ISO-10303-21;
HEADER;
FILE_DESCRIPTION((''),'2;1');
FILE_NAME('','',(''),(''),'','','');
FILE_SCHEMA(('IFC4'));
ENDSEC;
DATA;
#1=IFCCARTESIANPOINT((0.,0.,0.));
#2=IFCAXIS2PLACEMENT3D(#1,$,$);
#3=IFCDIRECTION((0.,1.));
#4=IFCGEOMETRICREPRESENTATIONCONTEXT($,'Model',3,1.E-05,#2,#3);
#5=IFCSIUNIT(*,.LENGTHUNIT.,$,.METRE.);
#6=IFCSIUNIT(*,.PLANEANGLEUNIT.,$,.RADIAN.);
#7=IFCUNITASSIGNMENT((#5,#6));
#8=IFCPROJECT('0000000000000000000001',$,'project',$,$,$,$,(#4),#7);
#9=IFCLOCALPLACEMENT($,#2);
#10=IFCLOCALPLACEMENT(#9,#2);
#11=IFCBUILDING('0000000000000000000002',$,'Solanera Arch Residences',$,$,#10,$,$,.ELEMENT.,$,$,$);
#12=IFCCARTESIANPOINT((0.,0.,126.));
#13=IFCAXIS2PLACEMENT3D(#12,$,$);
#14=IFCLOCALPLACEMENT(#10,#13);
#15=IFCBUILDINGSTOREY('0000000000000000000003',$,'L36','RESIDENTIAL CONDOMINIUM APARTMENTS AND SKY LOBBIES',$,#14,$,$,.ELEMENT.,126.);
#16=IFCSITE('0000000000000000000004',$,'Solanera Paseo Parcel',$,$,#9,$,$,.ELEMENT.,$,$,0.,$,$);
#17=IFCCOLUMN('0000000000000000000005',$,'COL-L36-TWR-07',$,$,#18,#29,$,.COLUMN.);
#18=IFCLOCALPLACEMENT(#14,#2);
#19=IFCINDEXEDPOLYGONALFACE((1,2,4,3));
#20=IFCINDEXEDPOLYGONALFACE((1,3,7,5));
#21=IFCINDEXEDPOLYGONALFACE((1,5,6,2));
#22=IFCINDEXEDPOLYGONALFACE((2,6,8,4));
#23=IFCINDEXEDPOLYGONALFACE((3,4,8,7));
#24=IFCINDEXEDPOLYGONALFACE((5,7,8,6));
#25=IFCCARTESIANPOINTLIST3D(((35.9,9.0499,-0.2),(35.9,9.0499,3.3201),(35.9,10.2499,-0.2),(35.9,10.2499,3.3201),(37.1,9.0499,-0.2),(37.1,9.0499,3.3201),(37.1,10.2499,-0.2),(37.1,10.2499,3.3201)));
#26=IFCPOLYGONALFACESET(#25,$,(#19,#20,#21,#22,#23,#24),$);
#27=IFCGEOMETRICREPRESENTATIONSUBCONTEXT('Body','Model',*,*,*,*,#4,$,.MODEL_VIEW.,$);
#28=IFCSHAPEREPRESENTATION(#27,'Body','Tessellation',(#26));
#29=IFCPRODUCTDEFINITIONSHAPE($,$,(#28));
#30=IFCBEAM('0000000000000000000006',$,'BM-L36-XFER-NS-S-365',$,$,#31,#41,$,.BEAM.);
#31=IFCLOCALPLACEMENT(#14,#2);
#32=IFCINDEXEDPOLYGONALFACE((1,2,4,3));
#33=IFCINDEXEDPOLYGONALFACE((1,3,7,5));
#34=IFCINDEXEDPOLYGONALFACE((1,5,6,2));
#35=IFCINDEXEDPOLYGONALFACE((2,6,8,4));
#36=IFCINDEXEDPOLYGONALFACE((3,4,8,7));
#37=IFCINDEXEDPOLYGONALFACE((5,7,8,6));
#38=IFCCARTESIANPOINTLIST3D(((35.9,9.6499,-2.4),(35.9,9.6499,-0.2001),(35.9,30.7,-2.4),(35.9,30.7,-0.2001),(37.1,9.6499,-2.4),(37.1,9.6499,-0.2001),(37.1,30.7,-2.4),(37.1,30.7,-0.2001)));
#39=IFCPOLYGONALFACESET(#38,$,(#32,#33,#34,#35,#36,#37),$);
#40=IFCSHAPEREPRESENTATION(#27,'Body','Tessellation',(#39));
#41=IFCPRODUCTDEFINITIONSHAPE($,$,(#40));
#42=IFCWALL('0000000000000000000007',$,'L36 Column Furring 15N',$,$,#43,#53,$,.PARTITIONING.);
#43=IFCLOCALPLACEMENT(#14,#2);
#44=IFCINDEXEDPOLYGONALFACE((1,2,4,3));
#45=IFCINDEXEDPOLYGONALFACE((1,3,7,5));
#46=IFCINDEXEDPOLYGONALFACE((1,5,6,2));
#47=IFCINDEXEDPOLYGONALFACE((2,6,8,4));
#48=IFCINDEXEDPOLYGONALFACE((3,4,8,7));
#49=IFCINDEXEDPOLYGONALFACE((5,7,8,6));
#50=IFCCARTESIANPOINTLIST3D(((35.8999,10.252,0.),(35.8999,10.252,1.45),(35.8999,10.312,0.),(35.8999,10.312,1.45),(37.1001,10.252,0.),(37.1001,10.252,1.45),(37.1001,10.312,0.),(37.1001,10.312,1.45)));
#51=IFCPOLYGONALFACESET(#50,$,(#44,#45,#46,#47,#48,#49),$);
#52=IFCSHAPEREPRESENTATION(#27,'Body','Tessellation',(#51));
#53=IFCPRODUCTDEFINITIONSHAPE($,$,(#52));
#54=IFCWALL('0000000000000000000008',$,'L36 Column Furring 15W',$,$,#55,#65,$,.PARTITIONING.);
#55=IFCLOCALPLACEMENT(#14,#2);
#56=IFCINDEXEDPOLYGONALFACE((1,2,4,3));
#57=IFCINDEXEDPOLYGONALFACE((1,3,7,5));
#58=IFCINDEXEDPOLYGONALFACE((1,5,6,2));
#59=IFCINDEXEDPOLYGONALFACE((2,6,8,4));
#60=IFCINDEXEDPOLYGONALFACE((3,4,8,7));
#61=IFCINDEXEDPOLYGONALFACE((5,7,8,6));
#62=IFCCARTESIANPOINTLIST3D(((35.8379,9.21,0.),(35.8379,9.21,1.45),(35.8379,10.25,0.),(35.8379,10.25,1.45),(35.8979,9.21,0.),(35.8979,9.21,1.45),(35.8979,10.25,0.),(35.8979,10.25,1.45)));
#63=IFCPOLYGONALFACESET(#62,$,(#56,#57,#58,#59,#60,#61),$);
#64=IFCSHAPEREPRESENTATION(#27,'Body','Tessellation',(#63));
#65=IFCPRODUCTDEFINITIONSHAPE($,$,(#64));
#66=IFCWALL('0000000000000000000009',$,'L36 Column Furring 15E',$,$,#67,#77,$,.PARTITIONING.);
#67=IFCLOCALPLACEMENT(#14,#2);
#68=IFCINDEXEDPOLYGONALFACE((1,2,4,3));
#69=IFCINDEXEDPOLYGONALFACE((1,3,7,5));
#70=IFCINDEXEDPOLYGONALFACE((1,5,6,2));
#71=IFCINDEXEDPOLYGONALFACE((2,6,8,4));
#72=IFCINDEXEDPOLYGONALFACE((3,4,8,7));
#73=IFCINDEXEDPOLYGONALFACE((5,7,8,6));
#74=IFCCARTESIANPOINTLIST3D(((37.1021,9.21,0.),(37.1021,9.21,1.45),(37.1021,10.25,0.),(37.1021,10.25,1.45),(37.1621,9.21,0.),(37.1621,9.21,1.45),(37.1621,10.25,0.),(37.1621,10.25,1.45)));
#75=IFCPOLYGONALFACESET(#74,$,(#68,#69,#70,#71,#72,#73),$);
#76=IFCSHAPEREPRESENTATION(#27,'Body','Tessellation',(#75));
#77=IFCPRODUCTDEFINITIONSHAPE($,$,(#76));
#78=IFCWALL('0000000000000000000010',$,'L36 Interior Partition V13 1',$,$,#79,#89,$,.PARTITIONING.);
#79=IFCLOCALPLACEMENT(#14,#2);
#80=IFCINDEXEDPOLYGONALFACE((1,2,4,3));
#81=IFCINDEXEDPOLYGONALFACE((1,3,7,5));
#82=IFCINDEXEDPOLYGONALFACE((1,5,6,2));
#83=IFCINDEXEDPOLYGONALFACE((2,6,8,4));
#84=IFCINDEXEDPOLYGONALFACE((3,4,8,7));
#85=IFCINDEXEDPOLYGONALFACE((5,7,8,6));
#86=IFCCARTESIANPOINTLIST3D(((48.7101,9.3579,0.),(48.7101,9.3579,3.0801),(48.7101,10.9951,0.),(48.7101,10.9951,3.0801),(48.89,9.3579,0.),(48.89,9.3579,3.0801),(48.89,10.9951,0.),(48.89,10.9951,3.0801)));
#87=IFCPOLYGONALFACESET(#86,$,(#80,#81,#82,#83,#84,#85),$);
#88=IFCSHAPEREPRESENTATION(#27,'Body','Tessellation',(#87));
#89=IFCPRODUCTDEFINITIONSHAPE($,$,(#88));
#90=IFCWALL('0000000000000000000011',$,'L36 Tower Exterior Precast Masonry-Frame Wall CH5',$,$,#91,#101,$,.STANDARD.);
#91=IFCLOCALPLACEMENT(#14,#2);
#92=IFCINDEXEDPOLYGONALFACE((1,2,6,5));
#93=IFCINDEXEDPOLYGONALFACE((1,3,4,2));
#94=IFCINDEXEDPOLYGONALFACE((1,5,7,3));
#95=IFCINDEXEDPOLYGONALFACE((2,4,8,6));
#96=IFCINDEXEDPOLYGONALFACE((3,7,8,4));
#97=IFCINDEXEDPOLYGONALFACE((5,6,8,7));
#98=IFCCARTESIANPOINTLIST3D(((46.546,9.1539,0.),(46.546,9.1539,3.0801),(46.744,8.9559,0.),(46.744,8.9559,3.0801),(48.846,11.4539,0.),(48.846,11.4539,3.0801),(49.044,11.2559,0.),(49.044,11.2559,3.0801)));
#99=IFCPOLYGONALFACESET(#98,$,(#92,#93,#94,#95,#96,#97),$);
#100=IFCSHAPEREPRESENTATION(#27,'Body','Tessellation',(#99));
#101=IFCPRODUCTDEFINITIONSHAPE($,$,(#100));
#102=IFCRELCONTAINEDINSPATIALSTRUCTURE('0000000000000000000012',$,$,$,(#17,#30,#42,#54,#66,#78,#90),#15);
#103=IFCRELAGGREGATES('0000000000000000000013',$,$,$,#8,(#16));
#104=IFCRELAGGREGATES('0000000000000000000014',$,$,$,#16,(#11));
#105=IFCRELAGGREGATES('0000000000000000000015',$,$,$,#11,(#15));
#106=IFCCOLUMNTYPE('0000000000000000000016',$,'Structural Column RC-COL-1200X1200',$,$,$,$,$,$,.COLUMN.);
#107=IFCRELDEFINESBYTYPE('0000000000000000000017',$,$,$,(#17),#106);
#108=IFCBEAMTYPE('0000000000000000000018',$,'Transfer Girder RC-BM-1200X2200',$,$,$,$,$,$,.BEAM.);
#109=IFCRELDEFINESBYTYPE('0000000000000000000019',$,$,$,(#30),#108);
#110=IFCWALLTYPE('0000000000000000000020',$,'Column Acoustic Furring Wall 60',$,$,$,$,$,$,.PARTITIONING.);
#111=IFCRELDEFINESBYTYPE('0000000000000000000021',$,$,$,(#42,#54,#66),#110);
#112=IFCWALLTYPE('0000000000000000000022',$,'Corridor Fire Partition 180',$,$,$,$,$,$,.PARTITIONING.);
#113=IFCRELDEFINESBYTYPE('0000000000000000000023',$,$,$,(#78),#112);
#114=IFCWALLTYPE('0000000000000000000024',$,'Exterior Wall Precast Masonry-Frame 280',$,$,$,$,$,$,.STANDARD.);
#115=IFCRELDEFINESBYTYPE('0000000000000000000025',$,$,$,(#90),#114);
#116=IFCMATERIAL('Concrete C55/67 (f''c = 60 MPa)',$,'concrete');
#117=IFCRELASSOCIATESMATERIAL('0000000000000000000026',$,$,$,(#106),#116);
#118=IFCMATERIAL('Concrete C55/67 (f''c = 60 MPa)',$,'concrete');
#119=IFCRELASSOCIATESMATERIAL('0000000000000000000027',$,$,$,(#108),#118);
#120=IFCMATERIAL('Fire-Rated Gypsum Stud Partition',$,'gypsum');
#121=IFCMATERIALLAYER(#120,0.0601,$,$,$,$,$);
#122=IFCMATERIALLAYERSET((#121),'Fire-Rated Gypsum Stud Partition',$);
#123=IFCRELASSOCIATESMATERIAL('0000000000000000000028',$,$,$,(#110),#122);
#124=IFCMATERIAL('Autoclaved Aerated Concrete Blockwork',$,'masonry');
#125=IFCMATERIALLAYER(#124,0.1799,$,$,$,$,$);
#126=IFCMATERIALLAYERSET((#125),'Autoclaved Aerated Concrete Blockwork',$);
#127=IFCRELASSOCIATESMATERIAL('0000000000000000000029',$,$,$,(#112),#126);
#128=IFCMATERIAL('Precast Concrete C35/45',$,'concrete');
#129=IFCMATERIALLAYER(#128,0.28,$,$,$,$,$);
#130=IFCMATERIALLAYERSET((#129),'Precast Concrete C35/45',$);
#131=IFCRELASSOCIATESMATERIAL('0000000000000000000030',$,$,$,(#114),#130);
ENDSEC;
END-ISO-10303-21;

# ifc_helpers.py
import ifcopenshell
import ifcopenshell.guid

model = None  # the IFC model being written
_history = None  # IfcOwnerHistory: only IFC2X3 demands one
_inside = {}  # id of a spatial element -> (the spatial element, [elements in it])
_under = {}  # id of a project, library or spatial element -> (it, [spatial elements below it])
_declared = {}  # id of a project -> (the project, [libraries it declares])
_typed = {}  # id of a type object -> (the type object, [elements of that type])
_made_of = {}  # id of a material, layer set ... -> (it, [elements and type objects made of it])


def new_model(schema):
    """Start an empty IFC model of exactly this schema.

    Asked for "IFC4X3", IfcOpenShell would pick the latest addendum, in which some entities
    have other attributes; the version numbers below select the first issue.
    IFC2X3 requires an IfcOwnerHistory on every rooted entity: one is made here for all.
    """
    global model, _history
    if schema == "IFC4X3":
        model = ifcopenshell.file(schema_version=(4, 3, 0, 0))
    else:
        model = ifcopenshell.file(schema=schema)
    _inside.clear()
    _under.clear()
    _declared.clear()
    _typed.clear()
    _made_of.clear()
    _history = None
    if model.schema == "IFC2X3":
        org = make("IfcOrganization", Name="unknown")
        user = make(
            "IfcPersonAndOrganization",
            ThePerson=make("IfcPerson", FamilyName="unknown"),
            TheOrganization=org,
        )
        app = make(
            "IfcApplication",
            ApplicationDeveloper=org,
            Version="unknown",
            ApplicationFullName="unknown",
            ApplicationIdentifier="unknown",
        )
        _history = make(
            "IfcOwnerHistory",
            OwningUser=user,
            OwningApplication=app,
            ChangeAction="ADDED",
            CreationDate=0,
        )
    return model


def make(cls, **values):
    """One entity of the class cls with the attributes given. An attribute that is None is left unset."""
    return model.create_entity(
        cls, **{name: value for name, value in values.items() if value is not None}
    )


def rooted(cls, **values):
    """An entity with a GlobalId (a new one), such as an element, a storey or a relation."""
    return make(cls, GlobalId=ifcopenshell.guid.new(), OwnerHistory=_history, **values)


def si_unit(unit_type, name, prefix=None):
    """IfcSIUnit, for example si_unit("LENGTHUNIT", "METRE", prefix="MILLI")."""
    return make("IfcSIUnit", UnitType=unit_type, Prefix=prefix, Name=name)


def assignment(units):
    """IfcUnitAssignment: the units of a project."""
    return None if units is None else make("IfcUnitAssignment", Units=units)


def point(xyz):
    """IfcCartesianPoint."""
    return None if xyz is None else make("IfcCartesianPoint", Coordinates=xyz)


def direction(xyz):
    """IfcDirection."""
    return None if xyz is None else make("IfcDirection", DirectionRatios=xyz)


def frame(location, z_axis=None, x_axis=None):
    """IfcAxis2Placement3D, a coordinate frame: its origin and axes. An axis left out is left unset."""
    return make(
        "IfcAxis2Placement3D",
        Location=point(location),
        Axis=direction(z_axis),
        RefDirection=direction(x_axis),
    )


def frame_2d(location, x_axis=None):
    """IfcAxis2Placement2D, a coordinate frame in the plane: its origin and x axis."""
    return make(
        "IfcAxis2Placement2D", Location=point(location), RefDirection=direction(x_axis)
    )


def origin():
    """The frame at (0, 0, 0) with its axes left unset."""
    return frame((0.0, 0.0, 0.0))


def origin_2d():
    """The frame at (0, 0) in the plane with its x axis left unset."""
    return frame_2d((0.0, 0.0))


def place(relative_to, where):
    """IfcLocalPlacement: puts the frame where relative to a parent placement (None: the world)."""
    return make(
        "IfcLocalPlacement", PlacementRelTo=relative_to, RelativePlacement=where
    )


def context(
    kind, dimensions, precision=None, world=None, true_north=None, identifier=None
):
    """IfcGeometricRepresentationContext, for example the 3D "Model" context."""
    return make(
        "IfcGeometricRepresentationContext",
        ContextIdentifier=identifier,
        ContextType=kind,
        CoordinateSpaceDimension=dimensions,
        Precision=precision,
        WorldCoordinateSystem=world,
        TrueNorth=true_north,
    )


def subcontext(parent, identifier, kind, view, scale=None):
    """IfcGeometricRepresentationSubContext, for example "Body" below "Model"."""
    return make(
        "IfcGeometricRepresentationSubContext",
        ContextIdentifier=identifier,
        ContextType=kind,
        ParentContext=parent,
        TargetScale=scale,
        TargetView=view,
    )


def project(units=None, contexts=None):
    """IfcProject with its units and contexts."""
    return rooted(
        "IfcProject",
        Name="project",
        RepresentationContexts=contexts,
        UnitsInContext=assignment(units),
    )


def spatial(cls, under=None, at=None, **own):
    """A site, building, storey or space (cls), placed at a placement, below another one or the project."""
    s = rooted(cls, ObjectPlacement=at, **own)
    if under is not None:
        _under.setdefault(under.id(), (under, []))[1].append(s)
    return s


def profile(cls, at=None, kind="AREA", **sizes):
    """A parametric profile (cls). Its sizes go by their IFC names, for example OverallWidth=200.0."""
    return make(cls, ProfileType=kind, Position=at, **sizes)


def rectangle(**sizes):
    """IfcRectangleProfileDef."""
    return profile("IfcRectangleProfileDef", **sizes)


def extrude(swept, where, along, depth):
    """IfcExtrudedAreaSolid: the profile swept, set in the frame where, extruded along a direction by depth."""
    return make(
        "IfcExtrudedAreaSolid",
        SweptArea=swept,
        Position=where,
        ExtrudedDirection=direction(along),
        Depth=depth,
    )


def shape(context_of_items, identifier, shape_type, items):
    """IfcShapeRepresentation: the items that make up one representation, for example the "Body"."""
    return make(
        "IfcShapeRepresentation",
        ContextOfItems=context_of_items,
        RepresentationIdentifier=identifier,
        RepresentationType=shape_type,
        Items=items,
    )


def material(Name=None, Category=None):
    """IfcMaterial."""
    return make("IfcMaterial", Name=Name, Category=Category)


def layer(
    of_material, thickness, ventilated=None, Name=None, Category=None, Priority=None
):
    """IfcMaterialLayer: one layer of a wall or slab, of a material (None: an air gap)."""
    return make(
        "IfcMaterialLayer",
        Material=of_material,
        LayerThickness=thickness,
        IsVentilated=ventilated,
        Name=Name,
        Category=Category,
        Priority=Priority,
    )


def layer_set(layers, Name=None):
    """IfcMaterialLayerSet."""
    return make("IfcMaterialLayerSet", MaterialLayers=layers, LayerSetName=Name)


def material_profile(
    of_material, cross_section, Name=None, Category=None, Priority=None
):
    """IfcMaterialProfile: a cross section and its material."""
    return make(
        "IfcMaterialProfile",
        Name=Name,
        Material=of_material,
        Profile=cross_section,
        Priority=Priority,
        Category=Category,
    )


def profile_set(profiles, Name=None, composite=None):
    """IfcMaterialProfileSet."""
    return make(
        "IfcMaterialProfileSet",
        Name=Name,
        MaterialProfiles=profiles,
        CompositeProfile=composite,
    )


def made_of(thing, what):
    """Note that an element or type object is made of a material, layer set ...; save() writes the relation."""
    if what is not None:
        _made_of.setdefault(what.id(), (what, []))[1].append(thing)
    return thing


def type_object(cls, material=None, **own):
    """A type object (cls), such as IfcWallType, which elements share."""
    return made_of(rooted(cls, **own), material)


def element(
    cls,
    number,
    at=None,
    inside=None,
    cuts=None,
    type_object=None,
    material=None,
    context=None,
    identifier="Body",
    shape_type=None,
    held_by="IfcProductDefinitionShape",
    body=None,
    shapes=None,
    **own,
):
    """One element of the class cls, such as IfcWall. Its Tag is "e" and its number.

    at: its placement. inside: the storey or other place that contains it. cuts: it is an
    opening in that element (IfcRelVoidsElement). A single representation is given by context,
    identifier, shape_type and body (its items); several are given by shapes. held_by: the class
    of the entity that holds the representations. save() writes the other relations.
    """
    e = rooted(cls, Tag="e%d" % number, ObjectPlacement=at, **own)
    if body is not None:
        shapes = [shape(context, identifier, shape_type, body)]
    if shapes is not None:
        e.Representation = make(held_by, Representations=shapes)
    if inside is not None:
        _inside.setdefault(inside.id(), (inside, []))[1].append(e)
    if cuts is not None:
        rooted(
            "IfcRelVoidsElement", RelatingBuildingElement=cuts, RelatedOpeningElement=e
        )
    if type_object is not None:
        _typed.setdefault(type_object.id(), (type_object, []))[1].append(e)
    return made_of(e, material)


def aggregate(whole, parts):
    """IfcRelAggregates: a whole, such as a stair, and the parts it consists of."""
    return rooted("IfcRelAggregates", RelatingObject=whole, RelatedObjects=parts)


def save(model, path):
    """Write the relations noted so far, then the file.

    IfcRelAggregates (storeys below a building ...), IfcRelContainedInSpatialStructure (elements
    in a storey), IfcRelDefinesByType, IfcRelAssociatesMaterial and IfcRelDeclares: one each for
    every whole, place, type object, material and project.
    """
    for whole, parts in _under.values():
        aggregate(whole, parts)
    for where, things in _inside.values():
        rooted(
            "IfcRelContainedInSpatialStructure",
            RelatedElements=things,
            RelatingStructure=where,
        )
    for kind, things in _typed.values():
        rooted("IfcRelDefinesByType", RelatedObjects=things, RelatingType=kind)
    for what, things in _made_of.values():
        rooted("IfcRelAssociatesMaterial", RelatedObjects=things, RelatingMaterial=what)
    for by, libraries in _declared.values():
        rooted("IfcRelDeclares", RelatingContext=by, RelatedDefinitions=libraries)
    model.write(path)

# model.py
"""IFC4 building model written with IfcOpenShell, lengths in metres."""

from ifc_helpers import new_model, si_unit, direction, frame, frame_2d, origin, origin_2d, place, context, subcontext, project, spatial, rectangle, extrude, material, layer, layer_set, material_profile, profile_set, type_object, element, save


model = new_model("IFC4")

# Units and contexts
model_context = context("Model", 3, precision=1e-05, world=origin(), true_north=direction((0.0, 1.0)))
body_context = subcontext(model_context, "Body", "Model", "MODEL_VIEW")
ifc_project = project(units=[si_unit("LENGTHUNIT", "METRE"), si_unit("PLANEANGLEUNIT", "RADIAN")], contexts=[model_context])

# Site, building, storey
site_placement = place(None, origin())
site = spatial("IfcSite", under=ifc_project, at=site_placement, Name="Solanera Paseo Parcel", CompositionType="ELEMENT", RefElevation=0.0)
building_placement = place(site_placement, origin())
building = spatial("IfcBuilding", under=site, at=building_placement, Name="Solanera Arch Residences", CompositionType="ELEMENT")
storey_placement = place(building_placement, frame((0.0, 0.0, 126.0)))
storey = spatial("IfcBuildingStorey", under=building, at=storey_placement, Name="L36", Description="RESIDENTIAL CONDOMINIUM APARTMENTS AND SKY LOBBIES", CompositionType="ELEMENT", Elevation=126.0)

# Column
ifc_material_1 = material(Name="Concrete C55/67 (f'c = 60 MPa)", Category="concrete")
ifc_material_profile_1 = material_profile(ifc_material_1, rectangle(XDim=1.2, YDim=1.2, at=origin_2d()))
ifc_profile_set_1 = profile_set([ifc_material_profile_1], Name="Concrete C55/67 (f'c = 60 MPa)")
column_type = type_object("IfcColumnType", Name="Structural Column RC-COL-1200X1200", PredefinedType="COLUMN", material=ifc_profile_set_1)
column_placement = place(storey_placement, frame((36.5, 9.6499, -0.2), z_axis=(0.0, 0.0, 1.0), x_axis=(1.0, 0.0, 0.0)))
element("IfcColumn", 1, at=column_placement, inside=storey, type_object=column_type, Name="COL-L36-TWR-07", PredefinedType="COLUMN", context=body_context, shape_type="SweptSolid", body=[
    extrude(rectangle(XDim=1.2, YDim=1.2, at=origin_2d()), origin(), (0.0, 0.0, 1.0), 3.52),
])

# Beam
ifc_material_2 = material(Name="Concrete C55/67 (f'c = 60 MPa)", Category="concrete")
ifc_material_profile_2 = material_profile(ifc_material_2, rectangle(XDim=1.2, YDim=2.2, at=origin_2d()))
ifc_profile_set_2 = profile_set([ifc_material_profile_2], Name="Concrete C55/67 (f'c = 60 MPa)")
beam_type = type_object("IfcBeamType", Name="Transfer Girder RC-BM-1200X2200", PredefinedType="BEAM", material=ifc_profile_set_2)
beam_placement = place(storey_placement, frame((36.5, 9.6499, -1.3), z_axis=(0.0, 1.0, 0.0), x_axis=(-1.0, 0.0, 0.0)))
element("IfcBeam", 2, at=beam_placement, inside=storey, type_object=beam_type, Name="BM-L36-XFER-NS-S-365", PredefinedType="BEAM", context=body_context, shape_type="SweptSolid", body=[
    extrude(rectangle(XDim=1.2, YDim=2.2, at=origin_2d()), origin(), (0.0, 0.0, 1.0), 21.05),
])

# Walls
ifc_material_3 = material(Name="Fire-Rated Gypsum Stud Partition", Category="gypsum")
ifc_layer_1 = layer(ifc_material_3, 0.0601)
ifc_layer_set_1 = layer_set([ifc_layer_1], Name="Fire-Rated Gypsum Stud Partition")
wall_type_1 = type_object("IfcWallType", Name="Column Acoustic Furring Wall 60", PredefinedType="PARTITIONING", material=ifc_layer_set_1)
wall_1_placement = place(storey_placement, frame((35.8999, 10.282, 0.0), z_axis=(0.0, 0.0, 1.0), x_axis=(1.0, 0.0, 0.0)))
element("IfcWall", 3, at=wall_1_placement, inside=storey, type_object=wall_type_1, Name="L36 Column Furring 15N", PredefinedType="PARTITIONING", context=body_context, shape_type="SweptSolid", body=[
    extrude(rectangle(XDim=1.2002, YDim=0.0601, at=frame_2d((0.6001, 0.0))), origin(), (0.0, 0.0, 1.0), 1.45),
])
for number, where, z_axis, x_axis, name in (
    (4, (35.8679, 9.21, 0.0), (0.0, 0.0, 1.0), (0.0, 1.0, 0.0), "L36 Column Furring 15W"),
    (5, (37.1321, 9.21, 0.0), (0.0, 0.0, 1.0), (0.0, 1.0, 0.0), "L36 Column Furring 15E"),
):
    element("IfcWall", number, at=place(storey_placement, frame(where, z_axis=z_axis, x_axis=x_axis)), inside=storey, type_object=wall_type_1, Name=name, PredefinedType="PARTITIONING", context=body_context, shape_type="SweptSolid", body=[
        extrude(rectangle(XDim=1.04, YDim=0.0601, at=frame_2d((0.52, 0.0))), origin(), (0.0, 0.0, 1.0), 1.45),
    ])
ifc_material_4 = material(Name="Autoclaved Aerated Concrete Blockwork", Category="masonry")
ifc_layer_2 = layer(ifc_material_4, 0.1799)
ifc_layer_set_2 = layer_set([ifc_layer_2], Name="Autoclaved Aerated Concrete Blockwork")
wall_type_2 = type_object("IfcWallType", Name="Corridor Fire Partition 180", PredefinedType="PARTITIONING", material=ifc_layer_set_2)
wall_2_placement = place(storey_placement, frame((48.8, 9.3579, 0.0), z_axis=(0.0, 0.0, 1.0), x_axis=(0.0, 1.0, 0.0)))
element("IfcWall", 6, at=wall_2_placement, inside=storey, type_object=wall_type_2, Name="L36 Interior Partition V13 1", PredefinedType="PARTITIONING", context=body_context, shape_type="SweptSolid", body=[
    extrude(rectangle(XDim=1.6372, YDim=0.1799, at=frame_2d((0.8186, 0.0))), origin(), (0.0, 0.0, 1.0), 3.0801),
])
ifc_material_5 = material(Name="Precast Concrete C35/45", Category="concrete")
ifc_layer_3 = layer(ifc_material_5, 0.28)
ifc_layer_set_3 = layer_set([ifc_layer_3], Name="Precast Concrete C35/45")
wall_type_3 = type_object("IfcWallType", Name="Exterior Wall Precast Masonry-Frame 280", PredefinedType="STANDARD", material=ifc_layer_set_3)
wall_3_placement = place(storey_placement, frame((48.9451, 11.355, 0.0), z_axis=(0.0, 0.0, 1.0), x_axis=(-0.707107, -0.707107, 0.0)))
element("IfcWall", 7, at=wall_3_placement, inside=storey, type_object=wall_type_3, Name="L36 Tower Exterior Precast Masonry-Frame Wall CH5", PredefinedType="STANDARD", context=body_context, shape_type="SweptSolid", body=[
    extrude(rectangle(XDim=3.2527, YDim=0.28, at=frame_2d((1.6265, 0.0))), origin(), (0.0, 0.0, 1.0), 3.0801),
])

save(model, "model.ifc")
